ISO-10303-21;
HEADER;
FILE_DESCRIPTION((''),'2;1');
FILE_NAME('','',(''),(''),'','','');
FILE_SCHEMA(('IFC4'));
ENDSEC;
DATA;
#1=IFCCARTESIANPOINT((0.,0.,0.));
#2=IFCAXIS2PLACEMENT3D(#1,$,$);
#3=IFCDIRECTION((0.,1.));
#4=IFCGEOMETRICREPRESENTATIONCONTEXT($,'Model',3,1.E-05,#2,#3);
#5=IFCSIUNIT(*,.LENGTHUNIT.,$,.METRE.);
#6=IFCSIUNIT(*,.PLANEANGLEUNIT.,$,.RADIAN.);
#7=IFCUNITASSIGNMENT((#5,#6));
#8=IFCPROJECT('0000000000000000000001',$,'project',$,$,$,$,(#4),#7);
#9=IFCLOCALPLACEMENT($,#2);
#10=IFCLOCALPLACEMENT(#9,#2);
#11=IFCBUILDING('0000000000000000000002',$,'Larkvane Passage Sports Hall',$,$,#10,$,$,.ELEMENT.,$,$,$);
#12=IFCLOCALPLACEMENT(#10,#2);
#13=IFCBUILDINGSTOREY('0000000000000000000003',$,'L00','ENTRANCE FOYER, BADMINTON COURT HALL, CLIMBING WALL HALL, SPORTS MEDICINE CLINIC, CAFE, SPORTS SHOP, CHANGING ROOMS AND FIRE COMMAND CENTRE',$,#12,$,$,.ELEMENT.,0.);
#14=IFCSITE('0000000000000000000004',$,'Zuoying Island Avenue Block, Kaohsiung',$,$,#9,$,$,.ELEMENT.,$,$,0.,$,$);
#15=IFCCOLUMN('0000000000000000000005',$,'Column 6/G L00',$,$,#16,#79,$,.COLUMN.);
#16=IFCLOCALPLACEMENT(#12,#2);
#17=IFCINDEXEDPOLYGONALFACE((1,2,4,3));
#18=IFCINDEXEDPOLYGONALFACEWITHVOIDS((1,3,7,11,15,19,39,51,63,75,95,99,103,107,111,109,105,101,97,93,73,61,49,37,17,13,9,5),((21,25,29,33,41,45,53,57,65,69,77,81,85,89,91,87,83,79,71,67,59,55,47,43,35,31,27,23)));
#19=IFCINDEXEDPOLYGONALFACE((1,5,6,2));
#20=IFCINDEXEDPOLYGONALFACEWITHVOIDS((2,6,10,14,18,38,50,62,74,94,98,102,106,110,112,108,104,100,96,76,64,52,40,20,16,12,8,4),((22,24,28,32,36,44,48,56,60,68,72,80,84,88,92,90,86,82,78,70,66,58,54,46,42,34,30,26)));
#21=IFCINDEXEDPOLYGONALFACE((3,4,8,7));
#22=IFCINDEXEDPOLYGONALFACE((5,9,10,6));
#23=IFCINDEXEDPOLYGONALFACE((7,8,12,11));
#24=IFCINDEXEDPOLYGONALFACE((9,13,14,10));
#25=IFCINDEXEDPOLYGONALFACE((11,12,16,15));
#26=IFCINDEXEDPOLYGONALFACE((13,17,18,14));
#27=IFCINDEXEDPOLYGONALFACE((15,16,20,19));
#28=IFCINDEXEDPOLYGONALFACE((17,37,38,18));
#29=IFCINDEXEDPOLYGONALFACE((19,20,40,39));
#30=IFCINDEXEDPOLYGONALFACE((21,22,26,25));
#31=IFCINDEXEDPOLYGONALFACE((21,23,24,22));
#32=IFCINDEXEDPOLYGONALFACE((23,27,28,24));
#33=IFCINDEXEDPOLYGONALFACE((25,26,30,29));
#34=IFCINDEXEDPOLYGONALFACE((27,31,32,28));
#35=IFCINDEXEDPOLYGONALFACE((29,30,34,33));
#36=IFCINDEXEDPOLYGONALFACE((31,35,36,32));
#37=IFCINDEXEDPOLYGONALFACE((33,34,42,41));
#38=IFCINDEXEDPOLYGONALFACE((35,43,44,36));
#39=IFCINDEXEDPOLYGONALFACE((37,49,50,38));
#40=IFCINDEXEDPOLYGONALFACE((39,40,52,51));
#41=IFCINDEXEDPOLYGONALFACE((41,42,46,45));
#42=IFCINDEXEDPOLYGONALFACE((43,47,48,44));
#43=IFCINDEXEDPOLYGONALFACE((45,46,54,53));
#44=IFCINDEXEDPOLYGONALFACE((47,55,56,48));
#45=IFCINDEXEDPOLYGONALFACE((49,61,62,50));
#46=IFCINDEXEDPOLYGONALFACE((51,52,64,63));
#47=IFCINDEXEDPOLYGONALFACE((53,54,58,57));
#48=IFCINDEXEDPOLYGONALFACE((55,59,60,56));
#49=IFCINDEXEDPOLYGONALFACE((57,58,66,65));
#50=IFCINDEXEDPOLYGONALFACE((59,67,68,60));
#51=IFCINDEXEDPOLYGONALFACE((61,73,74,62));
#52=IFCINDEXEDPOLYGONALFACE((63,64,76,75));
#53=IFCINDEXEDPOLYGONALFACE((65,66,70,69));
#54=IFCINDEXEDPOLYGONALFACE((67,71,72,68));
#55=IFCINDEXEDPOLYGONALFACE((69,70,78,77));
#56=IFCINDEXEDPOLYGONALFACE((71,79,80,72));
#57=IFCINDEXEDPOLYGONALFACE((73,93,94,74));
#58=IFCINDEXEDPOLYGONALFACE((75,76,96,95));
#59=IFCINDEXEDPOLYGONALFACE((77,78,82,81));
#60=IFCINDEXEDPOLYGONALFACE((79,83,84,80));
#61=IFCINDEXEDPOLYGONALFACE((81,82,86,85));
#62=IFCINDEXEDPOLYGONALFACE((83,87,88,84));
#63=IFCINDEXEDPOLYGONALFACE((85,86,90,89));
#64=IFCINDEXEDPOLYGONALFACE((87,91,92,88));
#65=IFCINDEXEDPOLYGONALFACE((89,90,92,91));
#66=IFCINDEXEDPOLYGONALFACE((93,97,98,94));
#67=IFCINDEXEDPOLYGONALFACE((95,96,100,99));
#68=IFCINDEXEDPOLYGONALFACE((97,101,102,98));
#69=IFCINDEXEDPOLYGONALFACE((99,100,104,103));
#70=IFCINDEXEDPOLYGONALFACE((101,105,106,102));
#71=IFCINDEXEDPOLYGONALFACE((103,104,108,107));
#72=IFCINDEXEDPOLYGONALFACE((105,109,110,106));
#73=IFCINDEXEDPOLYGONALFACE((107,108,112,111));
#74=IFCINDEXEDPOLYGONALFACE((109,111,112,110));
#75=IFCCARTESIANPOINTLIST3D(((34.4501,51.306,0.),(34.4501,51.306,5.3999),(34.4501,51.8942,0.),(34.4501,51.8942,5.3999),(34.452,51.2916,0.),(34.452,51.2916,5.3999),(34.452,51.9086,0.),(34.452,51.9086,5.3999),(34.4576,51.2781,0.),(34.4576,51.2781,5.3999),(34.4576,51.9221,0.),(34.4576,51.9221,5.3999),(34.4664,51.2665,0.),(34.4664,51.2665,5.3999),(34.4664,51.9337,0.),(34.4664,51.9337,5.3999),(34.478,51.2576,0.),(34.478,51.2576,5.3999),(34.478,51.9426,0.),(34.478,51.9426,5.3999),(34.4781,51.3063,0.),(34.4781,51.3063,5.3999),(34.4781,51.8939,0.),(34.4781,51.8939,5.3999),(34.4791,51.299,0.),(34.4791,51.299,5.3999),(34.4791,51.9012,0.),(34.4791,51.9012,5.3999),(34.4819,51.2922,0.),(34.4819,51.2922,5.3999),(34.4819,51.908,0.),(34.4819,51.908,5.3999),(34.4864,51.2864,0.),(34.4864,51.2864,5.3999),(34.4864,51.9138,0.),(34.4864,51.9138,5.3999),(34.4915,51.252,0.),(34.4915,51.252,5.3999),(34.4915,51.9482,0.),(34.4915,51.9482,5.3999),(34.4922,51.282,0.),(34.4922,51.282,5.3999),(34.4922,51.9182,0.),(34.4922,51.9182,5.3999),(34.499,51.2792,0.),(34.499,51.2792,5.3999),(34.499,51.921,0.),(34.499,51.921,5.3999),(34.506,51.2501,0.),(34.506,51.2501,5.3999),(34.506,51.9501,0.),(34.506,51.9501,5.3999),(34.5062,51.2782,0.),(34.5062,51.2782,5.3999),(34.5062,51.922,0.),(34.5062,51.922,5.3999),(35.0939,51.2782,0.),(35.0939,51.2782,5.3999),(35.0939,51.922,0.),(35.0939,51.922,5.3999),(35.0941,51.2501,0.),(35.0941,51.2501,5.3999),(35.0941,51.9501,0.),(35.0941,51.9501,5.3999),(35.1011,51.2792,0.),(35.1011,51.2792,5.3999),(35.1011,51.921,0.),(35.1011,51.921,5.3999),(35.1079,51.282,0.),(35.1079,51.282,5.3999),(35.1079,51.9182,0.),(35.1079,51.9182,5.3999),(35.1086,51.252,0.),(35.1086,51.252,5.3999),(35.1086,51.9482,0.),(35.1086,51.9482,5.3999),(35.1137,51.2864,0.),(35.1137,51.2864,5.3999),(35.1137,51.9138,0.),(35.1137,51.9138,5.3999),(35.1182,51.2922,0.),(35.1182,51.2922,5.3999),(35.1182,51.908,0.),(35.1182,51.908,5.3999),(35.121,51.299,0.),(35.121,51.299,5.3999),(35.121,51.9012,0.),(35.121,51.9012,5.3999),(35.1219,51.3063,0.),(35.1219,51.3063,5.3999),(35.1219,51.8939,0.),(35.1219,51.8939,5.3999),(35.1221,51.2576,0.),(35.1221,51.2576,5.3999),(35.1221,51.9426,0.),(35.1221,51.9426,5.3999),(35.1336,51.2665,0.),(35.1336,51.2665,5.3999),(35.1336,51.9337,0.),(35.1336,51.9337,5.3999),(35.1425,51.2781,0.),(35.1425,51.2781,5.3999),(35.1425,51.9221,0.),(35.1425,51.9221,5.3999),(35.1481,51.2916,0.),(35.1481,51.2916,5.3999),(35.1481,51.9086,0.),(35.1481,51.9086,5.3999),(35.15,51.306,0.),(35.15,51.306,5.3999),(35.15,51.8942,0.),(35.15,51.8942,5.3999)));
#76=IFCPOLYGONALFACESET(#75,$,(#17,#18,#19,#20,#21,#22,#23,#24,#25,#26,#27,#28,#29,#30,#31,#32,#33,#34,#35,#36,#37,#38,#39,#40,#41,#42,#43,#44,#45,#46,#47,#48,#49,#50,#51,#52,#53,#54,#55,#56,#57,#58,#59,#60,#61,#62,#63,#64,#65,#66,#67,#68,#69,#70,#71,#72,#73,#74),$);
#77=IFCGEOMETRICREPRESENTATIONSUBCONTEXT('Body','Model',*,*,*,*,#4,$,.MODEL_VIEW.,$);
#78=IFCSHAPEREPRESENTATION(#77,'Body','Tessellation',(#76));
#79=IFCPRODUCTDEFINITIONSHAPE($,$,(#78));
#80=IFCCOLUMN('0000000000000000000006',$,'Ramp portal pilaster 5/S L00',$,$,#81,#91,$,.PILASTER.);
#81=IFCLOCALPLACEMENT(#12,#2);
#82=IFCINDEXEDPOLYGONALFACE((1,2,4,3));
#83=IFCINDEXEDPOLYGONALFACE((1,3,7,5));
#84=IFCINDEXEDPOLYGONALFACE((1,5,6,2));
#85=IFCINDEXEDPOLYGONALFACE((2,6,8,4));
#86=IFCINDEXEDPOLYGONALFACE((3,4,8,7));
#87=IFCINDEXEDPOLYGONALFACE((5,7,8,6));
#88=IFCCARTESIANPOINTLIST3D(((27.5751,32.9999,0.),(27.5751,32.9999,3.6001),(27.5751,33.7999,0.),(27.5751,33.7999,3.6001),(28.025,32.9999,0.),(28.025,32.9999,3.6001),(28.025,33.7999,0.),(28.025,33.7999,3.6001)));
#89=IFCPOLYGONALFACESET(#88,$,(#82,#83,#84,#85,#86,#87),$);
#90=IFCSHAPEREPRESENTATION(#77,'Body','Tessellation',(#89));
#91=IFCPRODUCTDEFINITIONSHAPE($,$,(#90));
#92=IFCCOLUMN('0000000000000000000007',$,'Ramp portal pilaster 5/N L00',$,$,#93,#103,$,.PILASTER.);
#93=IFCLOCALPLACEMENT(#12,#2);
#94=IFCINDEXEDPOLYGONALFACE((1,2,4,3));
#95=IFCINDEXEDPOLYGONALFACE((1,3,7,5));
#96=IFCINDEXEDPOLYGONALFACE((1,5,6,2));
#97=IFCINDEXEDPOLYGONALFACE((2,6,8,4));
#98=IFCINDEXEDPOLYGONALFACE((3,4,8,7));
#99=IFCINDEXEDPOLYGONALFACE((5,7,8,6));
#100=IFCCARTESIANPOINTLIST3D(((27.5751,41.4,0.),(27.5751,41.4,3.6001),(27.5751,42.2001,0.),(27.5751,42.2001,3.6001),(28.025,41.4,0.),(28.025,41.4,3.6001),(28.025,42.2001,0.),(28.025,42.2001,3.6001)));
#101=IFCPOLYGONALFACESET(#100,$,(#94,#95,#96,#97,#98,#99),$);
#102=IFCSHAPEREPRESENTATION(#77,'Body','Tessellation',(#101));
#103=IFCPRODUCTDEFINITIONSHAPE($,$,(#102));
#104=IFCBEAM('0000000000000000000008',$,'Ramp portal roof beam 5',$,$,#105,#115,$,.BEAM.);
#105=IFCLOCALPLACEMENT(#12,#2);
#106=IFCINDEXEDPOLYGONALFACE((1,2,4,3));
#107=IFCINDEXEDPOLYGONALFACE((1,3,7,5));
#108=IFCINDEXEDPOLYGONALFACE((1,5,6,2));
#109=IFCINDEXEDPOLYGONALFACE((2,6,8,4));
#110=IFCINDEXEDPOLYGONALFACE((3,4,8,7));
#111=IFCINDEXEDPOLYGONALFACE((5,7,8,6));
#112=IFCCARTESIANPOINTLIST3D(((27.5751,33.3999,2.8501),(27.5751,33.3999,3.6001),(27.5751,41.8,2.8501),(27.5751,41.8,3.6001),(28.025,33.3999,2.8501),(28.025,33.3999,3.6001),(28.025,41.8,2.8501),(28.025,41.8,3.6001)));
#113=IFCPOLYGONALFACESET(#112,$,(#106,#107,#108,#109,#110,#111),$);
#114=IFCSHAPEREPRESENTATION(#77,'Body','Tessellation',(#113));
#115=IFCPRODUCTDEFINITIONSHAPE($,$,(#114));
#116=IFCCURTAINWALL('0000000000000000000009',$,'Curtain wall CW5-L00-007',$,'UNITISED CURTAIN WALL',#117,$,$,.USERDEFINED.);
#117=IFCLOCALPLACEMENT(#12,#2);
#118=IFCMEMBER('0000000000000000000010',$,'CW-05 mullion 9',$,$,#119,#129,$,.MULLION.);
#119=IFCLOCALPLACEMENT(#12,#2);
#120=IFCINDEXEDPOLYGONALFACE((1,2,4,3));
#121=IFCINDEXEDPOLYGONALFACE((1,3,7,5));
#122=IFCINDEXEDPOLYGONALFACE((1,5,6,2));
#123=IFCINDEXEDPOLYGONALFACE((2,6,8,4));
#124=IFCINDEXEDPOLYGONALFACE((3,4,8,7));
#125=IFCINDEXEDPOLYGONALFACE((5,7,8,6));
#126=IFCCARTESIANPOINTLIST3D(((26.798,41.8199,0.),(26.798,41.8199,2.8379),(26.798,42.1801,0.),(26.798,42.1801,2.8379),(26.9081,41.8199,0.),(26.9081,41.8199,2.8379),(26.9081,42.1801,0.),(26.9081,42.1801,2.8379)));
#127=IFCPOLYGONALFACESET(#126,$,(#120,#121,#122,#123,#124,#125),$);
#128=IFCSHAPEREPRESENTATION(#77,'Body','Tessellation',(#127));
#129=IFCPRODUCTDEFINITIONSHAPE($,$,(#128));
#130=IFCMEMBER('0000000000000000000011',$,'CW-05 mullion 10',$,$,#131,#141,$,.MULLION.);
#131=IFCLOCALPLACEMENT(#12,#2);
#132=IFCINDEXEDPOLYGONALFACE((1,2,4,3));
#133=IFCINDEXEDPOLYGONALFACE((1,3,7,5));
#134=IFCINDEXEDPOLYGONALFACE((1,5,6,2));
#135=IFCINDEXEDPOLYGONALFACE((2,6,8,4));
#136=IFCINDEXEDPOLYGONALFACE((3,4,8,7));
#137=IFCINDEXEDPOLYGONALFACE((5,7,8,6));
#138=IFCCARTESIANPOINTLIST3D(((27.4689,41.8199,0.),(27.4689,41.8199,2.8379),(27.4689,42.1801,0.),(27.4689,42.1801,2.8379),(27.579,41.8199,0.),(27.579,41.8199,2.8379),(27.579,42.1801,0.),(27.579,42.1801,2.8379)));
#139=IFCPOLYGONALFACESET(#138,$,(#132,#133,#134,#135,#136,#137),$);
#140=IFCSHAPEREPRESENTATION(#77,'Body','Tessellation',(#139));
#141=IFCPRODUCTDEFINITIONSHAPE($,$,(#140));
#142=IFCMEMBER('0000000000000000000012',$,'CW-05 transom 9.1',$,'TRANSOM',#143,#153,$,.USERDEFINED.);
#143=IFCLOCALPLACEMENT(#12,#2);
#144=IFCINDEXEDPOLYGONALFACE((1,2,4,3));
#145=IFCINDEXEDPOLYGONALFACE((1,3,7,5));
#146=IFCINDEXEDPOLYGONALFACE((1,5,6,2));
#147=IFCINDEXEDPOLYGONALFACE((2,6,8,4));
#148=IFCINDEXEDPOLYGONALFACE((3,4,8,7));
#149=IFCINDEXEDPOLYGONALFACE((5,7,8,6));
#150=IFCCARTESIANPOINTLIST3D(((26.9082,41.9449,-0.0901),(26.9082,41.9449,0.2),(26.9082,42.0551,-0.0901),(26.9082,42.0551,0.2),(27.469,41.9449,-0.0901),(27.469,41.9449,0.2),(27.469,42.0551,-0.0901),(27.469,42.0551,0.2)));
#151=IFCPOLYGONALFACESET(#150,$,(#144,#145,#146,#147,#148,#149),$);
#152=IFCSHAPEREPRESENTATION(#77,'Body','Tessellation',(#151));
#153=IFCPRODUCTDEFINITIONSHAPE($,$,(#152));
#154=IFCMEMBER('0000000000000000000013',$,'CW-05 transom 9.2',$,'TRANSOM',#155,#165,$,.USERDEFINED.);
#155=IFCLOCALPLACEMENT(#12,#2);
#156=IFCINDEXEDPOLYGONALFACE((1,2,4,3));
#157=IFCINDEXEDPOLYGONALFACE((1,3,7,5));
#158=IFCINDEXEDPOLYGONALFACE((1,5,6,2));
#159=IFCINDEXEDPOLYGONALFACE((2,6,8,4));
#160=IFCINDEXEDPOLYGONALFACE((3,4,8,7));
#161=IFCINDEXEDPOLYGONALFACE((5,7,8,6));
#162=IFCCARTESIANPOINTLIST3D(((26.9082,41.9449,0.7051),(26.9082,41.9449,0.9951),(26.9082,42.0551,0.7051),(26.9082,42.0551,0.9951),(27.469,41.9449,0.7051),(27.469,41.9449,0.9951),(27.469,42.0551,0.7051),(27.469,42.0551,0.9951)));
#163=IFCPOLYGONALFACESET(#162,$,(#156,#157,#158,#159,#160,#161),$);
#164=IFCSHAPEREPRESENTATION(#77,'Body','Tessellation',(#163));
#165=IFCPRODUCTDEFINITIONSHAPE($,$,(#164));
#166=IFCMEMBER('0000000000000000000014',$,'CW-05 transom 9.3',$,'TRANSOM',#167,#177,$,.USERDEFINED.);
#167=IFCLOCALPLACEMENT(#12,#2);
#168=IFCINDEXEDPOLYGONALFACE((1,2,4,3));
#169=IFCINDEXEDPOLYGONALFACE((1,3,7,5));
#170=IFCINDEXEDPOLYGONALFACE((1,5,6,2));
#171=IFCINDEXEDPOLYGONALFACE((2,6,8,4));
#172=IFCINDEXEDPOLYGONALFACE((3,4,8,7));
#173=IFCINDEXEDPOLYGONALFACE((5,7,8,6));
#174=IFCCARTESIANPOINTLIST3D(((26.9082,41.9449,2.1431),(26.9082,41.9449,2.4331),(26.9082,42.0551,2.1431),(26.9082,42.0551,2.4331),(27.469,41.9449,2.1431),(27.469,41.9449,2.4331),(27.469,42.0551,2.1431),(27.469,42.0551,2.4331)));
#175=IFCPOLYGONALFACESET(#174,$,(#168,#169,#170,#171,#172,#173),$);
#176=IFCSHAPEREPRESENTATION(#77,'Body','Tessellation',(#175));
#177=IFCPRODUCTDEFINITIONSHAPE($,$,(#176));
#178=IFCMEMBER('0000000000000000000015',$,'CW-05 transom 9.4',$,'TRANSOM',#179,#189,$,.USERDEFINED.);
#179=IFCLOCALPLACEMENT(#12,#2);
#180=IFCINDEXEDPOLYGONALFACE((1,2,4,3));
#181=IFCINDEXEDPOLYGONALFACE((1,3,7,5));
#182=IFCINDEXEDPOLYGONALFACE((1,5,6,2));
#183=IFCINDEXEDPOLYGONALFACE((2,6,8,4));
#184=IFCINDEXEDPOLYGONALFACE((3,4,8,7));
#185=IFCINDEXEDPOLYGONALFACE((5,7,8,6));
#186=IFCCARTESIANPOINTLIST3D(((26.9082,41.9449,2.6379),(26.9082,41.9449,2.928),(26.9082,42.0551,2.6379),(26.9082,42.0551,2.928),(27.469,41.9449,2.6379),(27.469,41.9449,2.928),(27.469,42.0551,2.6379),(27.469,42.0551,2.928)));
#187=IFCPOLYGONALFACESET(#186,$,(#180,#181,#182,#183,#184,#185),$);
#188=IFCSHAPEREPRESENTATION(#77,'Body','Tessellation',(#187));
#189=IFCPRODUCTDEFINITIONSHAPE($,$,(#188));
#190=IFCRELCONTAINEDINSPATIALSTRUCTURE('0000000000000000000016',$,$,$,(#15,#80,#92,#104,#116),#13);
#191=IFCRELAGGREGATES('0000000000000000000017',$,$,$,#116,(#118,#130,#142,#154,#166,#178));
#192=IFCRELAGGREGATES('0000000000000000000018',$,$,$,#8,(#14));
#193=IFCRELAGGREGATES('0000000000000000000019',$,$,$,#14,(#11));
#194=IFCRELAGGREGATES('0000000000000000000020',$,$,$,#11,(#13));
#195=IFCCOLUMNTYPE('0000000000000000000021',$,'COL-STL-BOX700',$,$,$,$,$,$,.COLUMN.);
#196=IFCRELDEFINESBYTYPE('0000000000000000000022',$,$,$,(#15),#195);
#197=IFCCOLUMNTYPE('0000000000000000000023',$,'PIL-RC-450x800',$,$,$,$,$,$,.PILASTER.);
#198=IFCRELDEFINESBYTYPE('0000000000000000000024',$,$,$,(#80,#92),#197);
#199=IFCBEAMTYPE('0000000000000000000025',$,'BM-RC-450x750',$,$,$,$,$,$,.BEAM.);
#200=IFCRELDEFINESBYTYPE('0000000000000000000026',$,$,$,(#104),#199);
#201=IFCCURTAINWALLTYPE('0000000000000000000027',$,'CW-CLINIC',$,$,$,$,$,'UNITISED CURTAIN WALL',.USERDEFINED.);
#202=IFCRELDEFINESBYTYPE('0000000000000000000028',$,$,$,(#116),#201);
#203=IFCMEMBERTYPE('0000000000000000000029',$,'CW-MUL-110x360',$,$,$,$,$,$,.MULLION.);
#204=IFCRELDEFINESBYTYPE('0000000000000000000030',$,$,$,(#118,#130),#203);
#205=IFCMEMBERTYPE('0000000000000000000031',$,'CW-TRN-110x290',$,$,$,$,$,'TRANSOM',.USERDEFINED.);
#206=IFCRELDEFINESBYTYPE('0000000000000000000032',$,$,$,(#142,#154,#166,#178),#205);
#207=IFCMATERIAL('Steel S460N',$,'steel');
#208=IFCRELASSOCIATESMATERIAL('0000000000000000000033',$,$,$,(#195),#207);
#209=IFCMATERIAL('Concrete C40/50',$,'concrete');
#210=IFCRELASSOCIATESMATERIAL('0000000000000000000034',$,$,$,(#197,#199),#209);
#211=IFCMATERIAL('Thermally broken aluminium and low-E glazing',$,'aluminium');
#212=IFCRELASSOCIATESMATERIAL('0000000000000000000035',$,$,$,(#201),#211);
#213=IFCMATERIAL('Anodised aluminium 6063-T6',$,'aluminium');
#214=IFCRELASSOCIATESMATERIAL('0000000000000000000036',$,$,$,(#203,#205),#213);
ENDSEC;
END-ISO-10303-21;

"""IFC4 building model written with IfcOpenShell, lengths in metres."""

from ifc_helpers import new_model, si_unit, direction, frame, origin, origin_2d, place, context, subcontext, project, spatial, rectangle, hollow_rectangle, extrude, material, material_profile, profile_set, type_object, element, aggregate, save


model = new_model("IFC4")

# Units and contexts
model_context = context("Model", 3, precision=1e-05, world=origin(), true_north=direction((0.0, 1.0)))
body_context = subcontext(model_context, "Body", "Model", "MODEL_VIEW")
ifc_project = project(units=[si_unit("LENGTHUNIT", "METRE"), si_unit("PLANEANGLEUNIT", "RADIAN")], contexts=[model_context])

# Site, building, storey
site_placement = place(None, origin())
site = spatial("IfcSite", under=ifc_project, at=site_placement, Name="Zuoying Island Avenue Block, Kaohsiung", CompositionType="ELEMENT", RefElevation=0.0)
building_placement = place(site_placement, origin())
building = spatial("IfcBuilding", under=site, at=building_placement, Name="Larkvane Passage Sports Hall", CompositionType="ELEMENT")
storey_placement = place(building_placement, origin())
storey = spatial("IfcBuildingStorey", under=building, at=storey_placement, Name="L00", Description="ENTRANCE FOYER, BADMINTON COURT HALL, CLIMBING WALL HALL, SPORTS MEDICINE CLINIC, CAFE, SPORTS SHOP, CHANGING ROOMS AND FIRE COMMAND CENTRE", CompositionType="ELEMENT", Elevation=0.0)

# Columns
ifc_material_1 = material(Name="Steel S460N", Category="steel")
ifc_material_profile_1 = material_profile(ifc_material_1, hollow_rectangle(XDim=0.7, YDim=0.7, WallThickness=0.0281, InnerFilletRadius=0.0281, OuterFilletRadius=0.0559, at=origin_2d()), Name="BOX-700x700x28")
ifc_profile_set_1 = profile_set([ifc_material_profile_1], Name="Steel S460N")
column_type_1 = type_object("IfcColumnType", Name="COL-STL-BOX700", PredefinedType="COLUMN", material=ifc_profile_set_1)
column_placement = place(storey_placement, frame((34.8, 51.6001, 0.0), z_axis=(0.0, 0.0, 1.0), x_axis=(1.0, 0.0, 0.0)))
element("IfcColumn", 1, at=column_placement, inside=storey, type_object=column_type_1, Name="Column 6/G L00", PredefinedType="COLUMN", context=body_context, shape_type="SweptSolid", body=[
    extrude(hollow_rectangle(XDim=0.7, YDim=0.7, WallThickness=0.0281, InnerFilletRadius=0.0281, OuterFilletRadius=0.0559, at=origin_2d()), origin(), (0.0, 0.0, 1.0), 5.3999),
])
ifc_material_2 = material(Name="Concrete C40/50", Category="concrete")
ifc_material_profile_2 = material_profile(ifc_material_2, rectangle(XDim=0.45, YDim=0.8, at=origin_2d()), Name="RC-PIL-450x800")
ifc_profile_set_2 = profile_set([ifc_material_profile_2], Name="Concrete C40/50")
column_type_2 = type_object("IfcColumnType", Name="PIL-RC-450x800", PredefinedType="PILASTER", material=ifc_profile_set_2)
for number, where, z_axis, x_axis, name in (
    (2, (27.8, 33.3999, 0.0), (0.0, 0.0, 1.0), (1.0, 0.0, 0.0), "Ramp portal pilaster 5/S L00"),
    (3, (27.8, 41.8, 0.0), (0.0, 0.0, 1.0), (1.0, 0.0, 0.0), "Ramp portal pilaster 5/N L00"),
):
    element("IfcColumn", number, at=place(storey_placement, frame(where, z_axis=z_axis, x_axis=x_axis)), inside=storey, type_object=column_type_2, Name=name, PredefinedType="PILASTER", context=body_context, shape_type="SweptSolid", body=[
        extrude(rectangle(XDim=0.45, YDim=0.8, at=origin_2d()), origin(), (0.0, 0.0, 1.0), 3.6001),
    ])

# Beam
ifc_material_profile_3 = material_profile(ifc_material_2, rectangle(XDim=0.45, YDim=0.75, at=origin_2d()), Name="RC-BM-450x750")
ifc_profile_set_3 = profile_set([ifc_material_profile_3], Name="Concrete C40/50")
beam_type = type_object("IfcBeamType", Name="BM-RC-450x750", PredefinedType="BEAM", material=ifc_profile_set_3)
beam_placement = place(storey_placement, frame((27.8, 33.3999, 3.2251), z_axis=(0.0, 1.0, 0.0), x_axis=(-1.0, 0.0, 0.0)))
element("IfcBeam", 4, at=beam_placement, inside=storey, type_object=beam_type, Name="Ramp portal roof beam 5", PredefinedType="BEAM", context=body_context, shape_type="SweptSolid", body=[
    extrude(rectangle(XDim=0.45, YDim=0.75, at=origin_2d()), origin(), (0.0, 0.0, 1.0), 8.4001),
])

# Curtain wall, members
ifc_material_3 = material(Name="Thermally broken aluminium and low-E glazing", Category="aluminium")
curtain_wall_type = type_object("IfcCurtainWallType", Name="CW-CLINIC", ElementType="UNITISED CURTAIN WALL", PredefinedType="USERDEFINED", material=ifc_material_3)
curtain_wall_placement = place(storey_placement, origin())
curtain_wall = element("IfcCurtainWall", 5, at=curtain_wall_placement, inside=storey, type_object=curtain_wall_type, Name="Curtain wall CW5-L00-007", ObjectType="UNITISED CURTAIN WALL", PredefinedType="USERDEFINED")
ifc_material_4 = material(Name="Anodised aluminium 6063-T6", Category="aluminium")
ifc_material_profile_4 = material_profile(ifc_material_4, rectangle(XDim=0.1101, YDim=0.3601, at=origin_2d()), Name="ALU-MUL-110x360")
ifc_profile_set_4 = profile_set([ifc_material_profile_4], Name="Anodised aluminium 6063-T6")
member_type_1 = type_object("IfcMemberType", Name="CW-MUL-110x360", PredefinedType="MULLION", material=ifc_profile_set_4)
member_1_placement = place(storey_placement, frame((26.853, 42.0, 0.0), z_axis=(0.0, 0.0, 1.0), x_axis=(1.0, 0.0, 0.0)))
member_1 = element("IfcMember", 6, at=member_1_placement, type_object=member_type_1, Name="CW-05 mullion 9", PredefinedType="MULLION", context=body_context, shape_type="SweptSolid", body=[
    extrude(rectangle(XDim=0.1101, YDim=0.3601, at=origin_2d()), origin(), (0.0, 0.0, 1.0), 2.8379),
])
member_2_placement = place(storey_placement, frame((27.5239, 42.0, 0.0), z_axis=(0.0, 0.0, 1.0), x_axis=(1.0, 0.0, 0.0)))
member_2 = element("IfcMember", 7, at=member_2_placement, type_object=member_type_1, Name="CW-05 mullion 10", PredefinedType="MULLION", context=body_context, shape_type="SweptSolid", body=[
    extrude(rectangle(XDim=0.1101, YDim=0.3601, at=origin_2d()), origin(), (0.0, 0.0, 1.0), 2.8379),
])
ifc_material_profile_5 = material_profile(ifc_material_4, rectangle(XDim=0.1101, YDim=0.29, at=origin_2d()), Name="ALU-TRN-110x290")
ifc_profile_set_5 = profile_set([ifc_material_profile_5], Name="Anodised aluminium 6063-T6")
member_type_2 = type_object("IfcMemberType", Name="CW-TRN-110x290", ElementType="TRANSOM", PredefinedType="USERDEFINED", material=ifc_profile_set_5)
member_3_placement = place(storey_placement, frame((26.9082, 42.0, 0.0549), z_axis=(1.0, 0.0, 0.0), x_axis=(0.0, 1.0, 0.0)))
member_3 = element("IfcMember", 8, at=member_3_placement, type_object=member_type_2, Name="CW-05 transom 9.1", ObjectType="TRANSOM", PredefinedType="USERDEFINED", context=body_context, shape_type="SweptSolid", body=[
    extrude(rectangle(XDim=0.1101, YDim=0.29, at=origin_2d()), origin(), (0.0, 0.0, 1.0), 0.5608),
])
member_4_placement = place(storey_placement, frame((26.9082, 42.0, 0.8501), z_axis=(1.0, 0.0, 0.0), x_axis=(0.0, 1.0, 0.0)))
member_4 = element("IfcMember", 9, at=member_4_placement, type_object=member_type_2, Name="CW-05 transom 9.2", ObjectType="TRANSOM", PredefinedType="USERDEFINED", context=body_context, shape_type="SweptSolid", body=[
    extrude(rectangle(XDim=0.1101, YDim=0.29, at=origin_2d()), origin(), (0.0, 0.0, 1.0), 0.5608),
])
member_5_placement = place(storey_placement, frame((26.9082, 42.0, 2.2881), z_axis=(1.0, 0.0, 0.0), x_axis=(0.0, 1.0, 0.0)))
member_5 = element("IfcMember", 10, at=member_5_placement, type_object=member_type_2, Name="CW-05 transom 9.3", ObjectType="TRANSOM", PredefinedType="USERDEFINED", context=body_context, shape_type="SweptSolid", body=[
    extrude(rectangle(XDim=0.1101, YDim=0.29, at=origin_2d()), origin(), (0.0, 0.0, 1.0), 0.5608),
])
member_6_placement = place(storey_placement, frame((26.9082, 42.0, 2.783), z_axis=(1.0, 0.0, 0.0), x_axis=(0.0, 1.0, 0.0)))
member_6 = element("IfcMember", 11, at=member_6_placement, type_object=member_type_2, Name="CW-05 transom 9.4", ObjectType="TRANSOM", PredefinedType="USERDEFINED", context=body_context, shape_type="SweptSolid", body=[
    extrude(rectangle(XDim=0.1101, YDim=0.29, at=origin_2d()), origin(), (0.0, 0.0, 1.0), 0.5608),
])
aggregate(curtain_wall, [member_1, member_2, member_3, member_4, member_5, member_6])

save(model, "model.ifc")
